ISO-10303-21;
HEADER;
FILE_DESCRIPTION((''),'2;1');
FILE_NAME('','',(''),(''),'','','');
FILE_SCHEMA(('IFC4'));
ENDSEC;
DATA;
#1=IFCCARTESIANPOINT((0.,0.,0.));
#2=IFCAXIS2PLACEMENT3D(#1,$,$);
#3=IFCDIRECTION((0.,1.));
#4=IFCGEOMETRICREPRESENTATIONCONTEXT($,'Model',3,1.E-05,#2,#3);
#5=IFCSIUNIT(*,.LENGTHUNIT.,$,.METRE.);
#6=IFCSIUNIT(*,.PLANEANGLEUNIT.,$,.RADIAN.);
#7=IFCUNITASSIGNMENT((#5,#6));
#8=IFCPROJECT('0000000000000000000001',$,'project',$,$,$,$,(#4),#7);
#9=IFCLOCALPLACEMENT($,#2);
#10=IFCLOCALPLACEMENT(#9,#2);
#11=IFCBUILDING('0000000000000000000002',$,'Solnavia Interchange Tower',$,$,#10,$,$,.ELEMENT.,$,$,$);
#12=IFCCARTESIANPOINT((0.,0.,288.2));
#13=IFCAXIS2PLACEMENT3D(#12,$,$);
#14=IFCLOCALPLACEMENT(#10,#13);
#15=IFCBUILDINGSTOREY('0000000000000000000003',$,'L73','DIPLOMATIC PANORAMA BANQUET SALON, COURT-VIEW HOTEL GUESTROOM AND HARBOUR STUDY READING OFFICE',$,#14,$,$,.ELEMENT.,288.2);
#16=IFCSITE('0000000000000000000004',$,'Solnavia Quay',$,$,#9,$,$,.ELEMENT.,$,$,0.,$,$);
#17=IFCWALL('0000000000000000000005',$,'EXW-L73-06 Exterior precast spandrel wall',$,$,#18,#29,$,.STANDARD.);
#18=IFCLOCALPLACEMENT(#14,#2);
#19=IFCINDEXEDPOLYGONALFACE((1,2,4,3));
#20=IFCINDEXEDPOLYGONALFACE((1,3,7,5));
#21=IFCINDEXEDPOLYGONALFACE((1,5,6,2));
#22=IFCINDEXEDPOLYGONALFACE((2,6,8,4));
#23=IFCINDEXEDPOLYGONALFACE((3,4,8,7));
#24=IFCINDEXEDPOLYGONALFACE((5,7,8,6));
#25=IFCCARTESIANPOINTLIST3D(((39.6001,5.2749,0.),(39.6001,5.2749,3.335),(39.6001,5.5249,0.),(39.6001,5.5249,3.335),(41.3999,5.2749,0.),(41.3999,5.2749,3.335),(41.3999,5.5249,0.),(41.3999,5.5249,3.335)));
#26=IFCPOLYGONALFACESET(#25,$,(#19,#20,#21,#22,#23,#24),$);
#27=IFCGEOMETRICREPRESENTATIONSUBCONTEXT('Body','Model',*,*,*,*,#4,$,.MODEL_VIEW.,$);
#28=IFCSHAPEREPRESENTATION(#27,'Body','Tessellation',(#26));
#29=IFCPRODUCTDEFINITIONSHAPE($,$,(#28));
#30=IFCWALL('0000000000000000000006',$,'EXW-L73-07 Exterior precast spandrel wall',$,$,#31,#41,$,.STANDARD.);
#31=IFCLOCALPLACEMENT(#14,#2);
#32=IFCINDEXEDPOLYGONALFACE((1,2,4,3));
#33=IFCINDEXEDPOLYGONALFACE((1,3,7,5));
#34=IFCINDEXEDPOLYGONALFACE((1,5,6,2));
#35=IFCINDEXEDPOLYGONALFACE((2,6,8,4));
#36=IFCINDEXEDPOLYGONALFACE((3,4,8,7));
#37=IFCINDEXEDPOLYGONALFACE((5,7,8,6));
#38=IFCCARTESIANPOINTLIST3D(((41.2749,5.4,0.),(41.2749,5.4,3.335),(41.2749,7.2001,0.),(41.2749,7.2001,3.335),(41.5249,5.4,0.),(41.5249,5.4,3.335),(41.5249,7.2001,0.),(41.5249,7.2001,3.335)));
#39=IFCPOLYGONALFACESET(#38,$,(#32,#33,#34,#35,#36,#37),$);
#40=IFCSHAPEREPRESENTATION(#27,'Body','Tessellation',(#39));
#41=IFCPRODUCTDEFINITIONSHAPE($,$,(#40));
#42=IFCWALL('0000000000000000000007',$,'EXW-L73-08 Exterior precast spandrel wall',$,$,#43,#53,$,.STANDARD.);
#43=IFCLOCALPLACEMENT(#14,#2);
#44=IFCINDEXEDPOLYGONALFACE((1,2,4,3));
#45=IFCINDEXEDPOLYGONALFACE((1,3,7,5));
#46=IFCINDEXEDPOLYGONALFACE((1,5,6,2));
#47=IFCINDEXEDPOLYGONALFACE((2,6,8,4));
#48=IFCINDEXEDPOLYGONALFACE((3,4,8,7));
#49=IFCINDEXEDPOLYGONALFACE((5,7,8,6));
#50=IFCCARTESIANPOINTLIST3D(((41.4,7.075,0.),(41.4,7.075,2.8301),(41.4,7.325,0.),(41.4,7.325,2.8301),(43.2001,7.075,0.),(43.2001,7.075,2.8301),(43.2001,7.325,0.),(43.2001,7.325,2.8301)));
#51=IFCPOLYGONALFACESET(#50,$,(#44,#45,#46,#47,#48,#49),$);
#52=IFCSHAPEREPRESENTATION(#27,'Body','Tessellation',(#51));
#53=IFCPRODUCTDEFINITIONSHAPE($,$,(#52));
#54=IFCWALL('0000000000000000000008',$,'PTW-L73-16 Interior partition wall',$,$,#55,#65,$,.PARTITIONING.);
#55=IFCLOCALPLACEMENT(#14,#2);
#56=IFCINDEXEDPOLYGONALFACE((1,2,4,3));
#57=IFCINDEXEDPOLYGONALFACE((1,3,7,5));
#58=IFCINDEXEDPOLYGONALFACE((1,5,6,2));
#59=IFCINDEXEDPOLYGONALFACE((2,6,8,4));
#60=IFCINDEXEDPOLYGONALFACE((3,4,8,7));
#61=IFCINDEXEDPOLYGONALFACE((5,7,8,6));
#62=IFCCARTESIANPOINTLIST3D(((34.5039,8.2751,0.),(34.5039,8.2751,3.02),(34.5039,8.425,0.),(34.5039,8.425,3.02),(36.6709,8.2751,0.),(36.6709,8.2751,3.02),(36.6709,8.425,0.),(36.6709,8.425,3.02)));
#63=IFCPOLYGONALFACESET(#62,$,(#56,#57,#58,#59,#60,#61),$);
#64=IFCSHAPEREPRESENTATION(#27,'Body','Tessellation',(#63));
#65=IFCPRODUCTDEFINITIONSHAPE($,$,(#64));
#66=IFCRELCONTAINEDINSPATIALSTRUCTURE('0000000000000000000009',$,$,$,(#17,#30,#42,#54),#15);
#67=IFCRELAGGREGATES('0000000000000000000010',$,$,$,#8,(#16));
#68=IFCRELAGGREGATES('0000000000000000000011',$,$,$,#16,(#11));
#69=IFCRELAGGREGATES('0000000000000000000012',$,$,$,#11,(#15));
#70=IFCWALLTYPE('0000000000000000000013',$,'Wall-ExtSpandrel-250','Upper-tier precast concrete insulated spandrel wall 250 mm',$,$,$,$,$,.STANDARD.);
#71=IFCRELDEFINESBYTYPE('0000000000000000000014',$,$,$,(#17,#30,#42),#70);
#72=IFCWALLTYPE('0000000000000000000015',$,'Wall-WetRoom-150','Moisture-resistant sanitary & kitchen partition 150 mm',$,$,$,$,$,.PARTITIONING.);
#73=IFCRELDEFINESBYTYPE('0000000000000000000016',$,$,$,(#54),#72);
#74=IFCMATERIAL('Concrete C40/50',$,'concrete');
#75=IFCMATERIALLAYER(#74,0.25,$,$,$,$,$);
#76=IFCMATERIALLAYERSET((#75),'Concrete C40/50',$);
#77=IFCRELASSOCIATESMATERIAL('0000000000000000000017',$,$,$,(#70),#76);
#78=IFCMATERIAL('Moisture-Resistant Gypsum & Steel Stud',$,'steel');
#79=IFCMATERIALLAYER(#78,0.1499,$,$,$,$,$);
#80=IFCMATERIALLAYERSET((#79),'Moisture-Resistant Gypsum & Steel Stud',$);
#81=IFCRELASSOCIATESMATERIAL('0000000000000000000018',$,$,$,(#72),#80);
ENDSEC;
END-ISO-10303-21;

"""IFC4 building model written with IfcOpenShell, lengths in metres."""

from ifc_helpers import new_model, si_unit, direction, frame, frame_2d, origin, place, context, subcontext, project, spatial, rectangle, extrude, material, layer, layer_set, type_object, element, save


model = new_model("IFC4")

# Units and contexts
model_context = context("Model", 3, precision=1e-05, world=origin(), true_north=direction((0.0, 1.0)))
body_context = subcontext(model_context, "Body", "Model", "MODEL_VIEW")
ifc_project = project(units=[si_unit("LENGTHUNIT", "METRE"), si_unit("PLANEANGLEUNIT", "RADIAN")], contexts=[model_context])

# Site, building, storey
site_placement = place(None, origin())
site = spatial("IfcSite", under=ifc_project, at=site_placement, Name="Solnavia Quay", CompositionType="ELEMENT", RefElevation=0.0)
building_placement = place(site_placement, origin())
building = spatial("IfcBuilding", under=site, at=building_placement, Name="Solnavia Interchange Tower", CompositionType="ELEMENT")
storey_placement = place(building_placement, frame((0.0, 0.0, 288.2)))
storey = spatial("IfcBuildingStorey", under=building, at=storey_placement, Name="L73", Description="DIPLOMATIC PANORAMA BANQUET SALON, COURT-VIEW HOTEL GUESTROOM AND HARBOUR STUDY READING OFFICE", CompositionType="ELEMENT", Elevation=288.2)

# Shared definitions
ifc_material_1 = material(Name="Concrete C40/50", Category="concrete")
ifc_layer_1 = layer(ifc_material_1, 0.25)
ifc_layer_set_1 = layer_set([ifc_layer_1], Name="Concrete C40/50")
wall_type_1 = type_object("IfcWallType", Name="Wall-ExtSpandrel-250", Description="Upper-tier precast concrete insulated spandrel wall 250 mm", PredefinedType="STANDARD", material=ifc_layer_set_1)

# Walls
wall_1_placement = place(storey_placement, frame((41.3999, 5.3999, 0.0), z_axis=(0.0, 0.0, 1.0), x_axis=(-1.0, 0.0, 0.0)))
element("IfcWall", 1, at=wall_1_placement, inside=storey, type_object=wall_type_1, Name="EXW-L73-06 Exterior precast spandrel wall", PredefinedType="STANDARD", context=body_context, shape_type="SweptSolid", body=[
    extrude(rectangle(XDim=1.7998, YDim=0.25, at=frame_2d((0.8999, 0.0))), origin(), (0.0, 0.0, 1.0), 3.335),
])
wall_2_placement = place(storey_placement, frame((41.3999, 7.2, 0.0), z_axis=(0.0, 0.0, 1.0), x_axis=(0.0, -1.0, 0.0)))
element("IfcWall", 2, at=wall_2_placement, inside=storey, type_object=wall_type_1, Name="EXW-L73-07 Exterior precast spandrel wall", PredefinedType="STANDARD", context=body_context, shape_type="SweptSolid", body=[
    extrude(rectangle(XDim=1.8, YDim=0.25, at=frame_2d((0.8999, 0.0))), origin(), (0.0, 0.0, 1.0), 3.335),
])
wall_3_placement = place(storey_placement, frame((43.2, 7.2, 0.0), z_axis=(0.0, 0.0, 1.0), x_axis=(-1.0, 0.0, 0.0)))
element("IfcWall", 3, at=wall_3_placement, inside=storey, type_object=wall_type_1, Name="EXW-L73-08 Exterior precast spandrel wall", PredefinedType="STANDARD", context=body_context, shape_type="SweptSolid", body=[
    extrude(rectangle(XDim=1.8, YDim=0.25, at=frame_2d((0.8999, 0.0))), origin(), (0.0, 0.0, 1.0), 2.8301),
])
ifc_material_2 = material(Name="Moisture-Resistant Gypsum & Steel Stud", Category="steel")
ifc_layer_2 = layer(ifc_material_2, 0.1499)
ifc_layer_set_2 = layer_set([ifc_layer_2], Name="Moisture-Resistant Gypsum & Steel Stud")
wall_type_2 = type_object("IfcWallType", Name="Wall-WetRoom-150", Description="Moisture-resistant sanitary & kitchen partition 150 mm", PredefinedType="PARTITIONING", material=ifc_layer_set_2)
wall_4_placement = place(storey_placement, frame((34.5039, 8.3501, 0.0), z_axis=(0.0, 0.0, 1.0), x_axis=(1.0, 0.0, 0.0)))
element("IfcWall", 4, at=wall_4_placement, inside=storey, type_object=wall_type_2, Name="PTW-L73-16 Interior partition wall", PredefinedType="PARTITIONING", context=body_context, shape_type="SweptSolid", body=[
    extrude(rectangle(XDim=2.167, YDim=0.1499, at=frame_2d((1.0835, 0.0))), origin(), (0.0, 0.0, 1.0), 3.02),
])

save(model, "model.ifc")
